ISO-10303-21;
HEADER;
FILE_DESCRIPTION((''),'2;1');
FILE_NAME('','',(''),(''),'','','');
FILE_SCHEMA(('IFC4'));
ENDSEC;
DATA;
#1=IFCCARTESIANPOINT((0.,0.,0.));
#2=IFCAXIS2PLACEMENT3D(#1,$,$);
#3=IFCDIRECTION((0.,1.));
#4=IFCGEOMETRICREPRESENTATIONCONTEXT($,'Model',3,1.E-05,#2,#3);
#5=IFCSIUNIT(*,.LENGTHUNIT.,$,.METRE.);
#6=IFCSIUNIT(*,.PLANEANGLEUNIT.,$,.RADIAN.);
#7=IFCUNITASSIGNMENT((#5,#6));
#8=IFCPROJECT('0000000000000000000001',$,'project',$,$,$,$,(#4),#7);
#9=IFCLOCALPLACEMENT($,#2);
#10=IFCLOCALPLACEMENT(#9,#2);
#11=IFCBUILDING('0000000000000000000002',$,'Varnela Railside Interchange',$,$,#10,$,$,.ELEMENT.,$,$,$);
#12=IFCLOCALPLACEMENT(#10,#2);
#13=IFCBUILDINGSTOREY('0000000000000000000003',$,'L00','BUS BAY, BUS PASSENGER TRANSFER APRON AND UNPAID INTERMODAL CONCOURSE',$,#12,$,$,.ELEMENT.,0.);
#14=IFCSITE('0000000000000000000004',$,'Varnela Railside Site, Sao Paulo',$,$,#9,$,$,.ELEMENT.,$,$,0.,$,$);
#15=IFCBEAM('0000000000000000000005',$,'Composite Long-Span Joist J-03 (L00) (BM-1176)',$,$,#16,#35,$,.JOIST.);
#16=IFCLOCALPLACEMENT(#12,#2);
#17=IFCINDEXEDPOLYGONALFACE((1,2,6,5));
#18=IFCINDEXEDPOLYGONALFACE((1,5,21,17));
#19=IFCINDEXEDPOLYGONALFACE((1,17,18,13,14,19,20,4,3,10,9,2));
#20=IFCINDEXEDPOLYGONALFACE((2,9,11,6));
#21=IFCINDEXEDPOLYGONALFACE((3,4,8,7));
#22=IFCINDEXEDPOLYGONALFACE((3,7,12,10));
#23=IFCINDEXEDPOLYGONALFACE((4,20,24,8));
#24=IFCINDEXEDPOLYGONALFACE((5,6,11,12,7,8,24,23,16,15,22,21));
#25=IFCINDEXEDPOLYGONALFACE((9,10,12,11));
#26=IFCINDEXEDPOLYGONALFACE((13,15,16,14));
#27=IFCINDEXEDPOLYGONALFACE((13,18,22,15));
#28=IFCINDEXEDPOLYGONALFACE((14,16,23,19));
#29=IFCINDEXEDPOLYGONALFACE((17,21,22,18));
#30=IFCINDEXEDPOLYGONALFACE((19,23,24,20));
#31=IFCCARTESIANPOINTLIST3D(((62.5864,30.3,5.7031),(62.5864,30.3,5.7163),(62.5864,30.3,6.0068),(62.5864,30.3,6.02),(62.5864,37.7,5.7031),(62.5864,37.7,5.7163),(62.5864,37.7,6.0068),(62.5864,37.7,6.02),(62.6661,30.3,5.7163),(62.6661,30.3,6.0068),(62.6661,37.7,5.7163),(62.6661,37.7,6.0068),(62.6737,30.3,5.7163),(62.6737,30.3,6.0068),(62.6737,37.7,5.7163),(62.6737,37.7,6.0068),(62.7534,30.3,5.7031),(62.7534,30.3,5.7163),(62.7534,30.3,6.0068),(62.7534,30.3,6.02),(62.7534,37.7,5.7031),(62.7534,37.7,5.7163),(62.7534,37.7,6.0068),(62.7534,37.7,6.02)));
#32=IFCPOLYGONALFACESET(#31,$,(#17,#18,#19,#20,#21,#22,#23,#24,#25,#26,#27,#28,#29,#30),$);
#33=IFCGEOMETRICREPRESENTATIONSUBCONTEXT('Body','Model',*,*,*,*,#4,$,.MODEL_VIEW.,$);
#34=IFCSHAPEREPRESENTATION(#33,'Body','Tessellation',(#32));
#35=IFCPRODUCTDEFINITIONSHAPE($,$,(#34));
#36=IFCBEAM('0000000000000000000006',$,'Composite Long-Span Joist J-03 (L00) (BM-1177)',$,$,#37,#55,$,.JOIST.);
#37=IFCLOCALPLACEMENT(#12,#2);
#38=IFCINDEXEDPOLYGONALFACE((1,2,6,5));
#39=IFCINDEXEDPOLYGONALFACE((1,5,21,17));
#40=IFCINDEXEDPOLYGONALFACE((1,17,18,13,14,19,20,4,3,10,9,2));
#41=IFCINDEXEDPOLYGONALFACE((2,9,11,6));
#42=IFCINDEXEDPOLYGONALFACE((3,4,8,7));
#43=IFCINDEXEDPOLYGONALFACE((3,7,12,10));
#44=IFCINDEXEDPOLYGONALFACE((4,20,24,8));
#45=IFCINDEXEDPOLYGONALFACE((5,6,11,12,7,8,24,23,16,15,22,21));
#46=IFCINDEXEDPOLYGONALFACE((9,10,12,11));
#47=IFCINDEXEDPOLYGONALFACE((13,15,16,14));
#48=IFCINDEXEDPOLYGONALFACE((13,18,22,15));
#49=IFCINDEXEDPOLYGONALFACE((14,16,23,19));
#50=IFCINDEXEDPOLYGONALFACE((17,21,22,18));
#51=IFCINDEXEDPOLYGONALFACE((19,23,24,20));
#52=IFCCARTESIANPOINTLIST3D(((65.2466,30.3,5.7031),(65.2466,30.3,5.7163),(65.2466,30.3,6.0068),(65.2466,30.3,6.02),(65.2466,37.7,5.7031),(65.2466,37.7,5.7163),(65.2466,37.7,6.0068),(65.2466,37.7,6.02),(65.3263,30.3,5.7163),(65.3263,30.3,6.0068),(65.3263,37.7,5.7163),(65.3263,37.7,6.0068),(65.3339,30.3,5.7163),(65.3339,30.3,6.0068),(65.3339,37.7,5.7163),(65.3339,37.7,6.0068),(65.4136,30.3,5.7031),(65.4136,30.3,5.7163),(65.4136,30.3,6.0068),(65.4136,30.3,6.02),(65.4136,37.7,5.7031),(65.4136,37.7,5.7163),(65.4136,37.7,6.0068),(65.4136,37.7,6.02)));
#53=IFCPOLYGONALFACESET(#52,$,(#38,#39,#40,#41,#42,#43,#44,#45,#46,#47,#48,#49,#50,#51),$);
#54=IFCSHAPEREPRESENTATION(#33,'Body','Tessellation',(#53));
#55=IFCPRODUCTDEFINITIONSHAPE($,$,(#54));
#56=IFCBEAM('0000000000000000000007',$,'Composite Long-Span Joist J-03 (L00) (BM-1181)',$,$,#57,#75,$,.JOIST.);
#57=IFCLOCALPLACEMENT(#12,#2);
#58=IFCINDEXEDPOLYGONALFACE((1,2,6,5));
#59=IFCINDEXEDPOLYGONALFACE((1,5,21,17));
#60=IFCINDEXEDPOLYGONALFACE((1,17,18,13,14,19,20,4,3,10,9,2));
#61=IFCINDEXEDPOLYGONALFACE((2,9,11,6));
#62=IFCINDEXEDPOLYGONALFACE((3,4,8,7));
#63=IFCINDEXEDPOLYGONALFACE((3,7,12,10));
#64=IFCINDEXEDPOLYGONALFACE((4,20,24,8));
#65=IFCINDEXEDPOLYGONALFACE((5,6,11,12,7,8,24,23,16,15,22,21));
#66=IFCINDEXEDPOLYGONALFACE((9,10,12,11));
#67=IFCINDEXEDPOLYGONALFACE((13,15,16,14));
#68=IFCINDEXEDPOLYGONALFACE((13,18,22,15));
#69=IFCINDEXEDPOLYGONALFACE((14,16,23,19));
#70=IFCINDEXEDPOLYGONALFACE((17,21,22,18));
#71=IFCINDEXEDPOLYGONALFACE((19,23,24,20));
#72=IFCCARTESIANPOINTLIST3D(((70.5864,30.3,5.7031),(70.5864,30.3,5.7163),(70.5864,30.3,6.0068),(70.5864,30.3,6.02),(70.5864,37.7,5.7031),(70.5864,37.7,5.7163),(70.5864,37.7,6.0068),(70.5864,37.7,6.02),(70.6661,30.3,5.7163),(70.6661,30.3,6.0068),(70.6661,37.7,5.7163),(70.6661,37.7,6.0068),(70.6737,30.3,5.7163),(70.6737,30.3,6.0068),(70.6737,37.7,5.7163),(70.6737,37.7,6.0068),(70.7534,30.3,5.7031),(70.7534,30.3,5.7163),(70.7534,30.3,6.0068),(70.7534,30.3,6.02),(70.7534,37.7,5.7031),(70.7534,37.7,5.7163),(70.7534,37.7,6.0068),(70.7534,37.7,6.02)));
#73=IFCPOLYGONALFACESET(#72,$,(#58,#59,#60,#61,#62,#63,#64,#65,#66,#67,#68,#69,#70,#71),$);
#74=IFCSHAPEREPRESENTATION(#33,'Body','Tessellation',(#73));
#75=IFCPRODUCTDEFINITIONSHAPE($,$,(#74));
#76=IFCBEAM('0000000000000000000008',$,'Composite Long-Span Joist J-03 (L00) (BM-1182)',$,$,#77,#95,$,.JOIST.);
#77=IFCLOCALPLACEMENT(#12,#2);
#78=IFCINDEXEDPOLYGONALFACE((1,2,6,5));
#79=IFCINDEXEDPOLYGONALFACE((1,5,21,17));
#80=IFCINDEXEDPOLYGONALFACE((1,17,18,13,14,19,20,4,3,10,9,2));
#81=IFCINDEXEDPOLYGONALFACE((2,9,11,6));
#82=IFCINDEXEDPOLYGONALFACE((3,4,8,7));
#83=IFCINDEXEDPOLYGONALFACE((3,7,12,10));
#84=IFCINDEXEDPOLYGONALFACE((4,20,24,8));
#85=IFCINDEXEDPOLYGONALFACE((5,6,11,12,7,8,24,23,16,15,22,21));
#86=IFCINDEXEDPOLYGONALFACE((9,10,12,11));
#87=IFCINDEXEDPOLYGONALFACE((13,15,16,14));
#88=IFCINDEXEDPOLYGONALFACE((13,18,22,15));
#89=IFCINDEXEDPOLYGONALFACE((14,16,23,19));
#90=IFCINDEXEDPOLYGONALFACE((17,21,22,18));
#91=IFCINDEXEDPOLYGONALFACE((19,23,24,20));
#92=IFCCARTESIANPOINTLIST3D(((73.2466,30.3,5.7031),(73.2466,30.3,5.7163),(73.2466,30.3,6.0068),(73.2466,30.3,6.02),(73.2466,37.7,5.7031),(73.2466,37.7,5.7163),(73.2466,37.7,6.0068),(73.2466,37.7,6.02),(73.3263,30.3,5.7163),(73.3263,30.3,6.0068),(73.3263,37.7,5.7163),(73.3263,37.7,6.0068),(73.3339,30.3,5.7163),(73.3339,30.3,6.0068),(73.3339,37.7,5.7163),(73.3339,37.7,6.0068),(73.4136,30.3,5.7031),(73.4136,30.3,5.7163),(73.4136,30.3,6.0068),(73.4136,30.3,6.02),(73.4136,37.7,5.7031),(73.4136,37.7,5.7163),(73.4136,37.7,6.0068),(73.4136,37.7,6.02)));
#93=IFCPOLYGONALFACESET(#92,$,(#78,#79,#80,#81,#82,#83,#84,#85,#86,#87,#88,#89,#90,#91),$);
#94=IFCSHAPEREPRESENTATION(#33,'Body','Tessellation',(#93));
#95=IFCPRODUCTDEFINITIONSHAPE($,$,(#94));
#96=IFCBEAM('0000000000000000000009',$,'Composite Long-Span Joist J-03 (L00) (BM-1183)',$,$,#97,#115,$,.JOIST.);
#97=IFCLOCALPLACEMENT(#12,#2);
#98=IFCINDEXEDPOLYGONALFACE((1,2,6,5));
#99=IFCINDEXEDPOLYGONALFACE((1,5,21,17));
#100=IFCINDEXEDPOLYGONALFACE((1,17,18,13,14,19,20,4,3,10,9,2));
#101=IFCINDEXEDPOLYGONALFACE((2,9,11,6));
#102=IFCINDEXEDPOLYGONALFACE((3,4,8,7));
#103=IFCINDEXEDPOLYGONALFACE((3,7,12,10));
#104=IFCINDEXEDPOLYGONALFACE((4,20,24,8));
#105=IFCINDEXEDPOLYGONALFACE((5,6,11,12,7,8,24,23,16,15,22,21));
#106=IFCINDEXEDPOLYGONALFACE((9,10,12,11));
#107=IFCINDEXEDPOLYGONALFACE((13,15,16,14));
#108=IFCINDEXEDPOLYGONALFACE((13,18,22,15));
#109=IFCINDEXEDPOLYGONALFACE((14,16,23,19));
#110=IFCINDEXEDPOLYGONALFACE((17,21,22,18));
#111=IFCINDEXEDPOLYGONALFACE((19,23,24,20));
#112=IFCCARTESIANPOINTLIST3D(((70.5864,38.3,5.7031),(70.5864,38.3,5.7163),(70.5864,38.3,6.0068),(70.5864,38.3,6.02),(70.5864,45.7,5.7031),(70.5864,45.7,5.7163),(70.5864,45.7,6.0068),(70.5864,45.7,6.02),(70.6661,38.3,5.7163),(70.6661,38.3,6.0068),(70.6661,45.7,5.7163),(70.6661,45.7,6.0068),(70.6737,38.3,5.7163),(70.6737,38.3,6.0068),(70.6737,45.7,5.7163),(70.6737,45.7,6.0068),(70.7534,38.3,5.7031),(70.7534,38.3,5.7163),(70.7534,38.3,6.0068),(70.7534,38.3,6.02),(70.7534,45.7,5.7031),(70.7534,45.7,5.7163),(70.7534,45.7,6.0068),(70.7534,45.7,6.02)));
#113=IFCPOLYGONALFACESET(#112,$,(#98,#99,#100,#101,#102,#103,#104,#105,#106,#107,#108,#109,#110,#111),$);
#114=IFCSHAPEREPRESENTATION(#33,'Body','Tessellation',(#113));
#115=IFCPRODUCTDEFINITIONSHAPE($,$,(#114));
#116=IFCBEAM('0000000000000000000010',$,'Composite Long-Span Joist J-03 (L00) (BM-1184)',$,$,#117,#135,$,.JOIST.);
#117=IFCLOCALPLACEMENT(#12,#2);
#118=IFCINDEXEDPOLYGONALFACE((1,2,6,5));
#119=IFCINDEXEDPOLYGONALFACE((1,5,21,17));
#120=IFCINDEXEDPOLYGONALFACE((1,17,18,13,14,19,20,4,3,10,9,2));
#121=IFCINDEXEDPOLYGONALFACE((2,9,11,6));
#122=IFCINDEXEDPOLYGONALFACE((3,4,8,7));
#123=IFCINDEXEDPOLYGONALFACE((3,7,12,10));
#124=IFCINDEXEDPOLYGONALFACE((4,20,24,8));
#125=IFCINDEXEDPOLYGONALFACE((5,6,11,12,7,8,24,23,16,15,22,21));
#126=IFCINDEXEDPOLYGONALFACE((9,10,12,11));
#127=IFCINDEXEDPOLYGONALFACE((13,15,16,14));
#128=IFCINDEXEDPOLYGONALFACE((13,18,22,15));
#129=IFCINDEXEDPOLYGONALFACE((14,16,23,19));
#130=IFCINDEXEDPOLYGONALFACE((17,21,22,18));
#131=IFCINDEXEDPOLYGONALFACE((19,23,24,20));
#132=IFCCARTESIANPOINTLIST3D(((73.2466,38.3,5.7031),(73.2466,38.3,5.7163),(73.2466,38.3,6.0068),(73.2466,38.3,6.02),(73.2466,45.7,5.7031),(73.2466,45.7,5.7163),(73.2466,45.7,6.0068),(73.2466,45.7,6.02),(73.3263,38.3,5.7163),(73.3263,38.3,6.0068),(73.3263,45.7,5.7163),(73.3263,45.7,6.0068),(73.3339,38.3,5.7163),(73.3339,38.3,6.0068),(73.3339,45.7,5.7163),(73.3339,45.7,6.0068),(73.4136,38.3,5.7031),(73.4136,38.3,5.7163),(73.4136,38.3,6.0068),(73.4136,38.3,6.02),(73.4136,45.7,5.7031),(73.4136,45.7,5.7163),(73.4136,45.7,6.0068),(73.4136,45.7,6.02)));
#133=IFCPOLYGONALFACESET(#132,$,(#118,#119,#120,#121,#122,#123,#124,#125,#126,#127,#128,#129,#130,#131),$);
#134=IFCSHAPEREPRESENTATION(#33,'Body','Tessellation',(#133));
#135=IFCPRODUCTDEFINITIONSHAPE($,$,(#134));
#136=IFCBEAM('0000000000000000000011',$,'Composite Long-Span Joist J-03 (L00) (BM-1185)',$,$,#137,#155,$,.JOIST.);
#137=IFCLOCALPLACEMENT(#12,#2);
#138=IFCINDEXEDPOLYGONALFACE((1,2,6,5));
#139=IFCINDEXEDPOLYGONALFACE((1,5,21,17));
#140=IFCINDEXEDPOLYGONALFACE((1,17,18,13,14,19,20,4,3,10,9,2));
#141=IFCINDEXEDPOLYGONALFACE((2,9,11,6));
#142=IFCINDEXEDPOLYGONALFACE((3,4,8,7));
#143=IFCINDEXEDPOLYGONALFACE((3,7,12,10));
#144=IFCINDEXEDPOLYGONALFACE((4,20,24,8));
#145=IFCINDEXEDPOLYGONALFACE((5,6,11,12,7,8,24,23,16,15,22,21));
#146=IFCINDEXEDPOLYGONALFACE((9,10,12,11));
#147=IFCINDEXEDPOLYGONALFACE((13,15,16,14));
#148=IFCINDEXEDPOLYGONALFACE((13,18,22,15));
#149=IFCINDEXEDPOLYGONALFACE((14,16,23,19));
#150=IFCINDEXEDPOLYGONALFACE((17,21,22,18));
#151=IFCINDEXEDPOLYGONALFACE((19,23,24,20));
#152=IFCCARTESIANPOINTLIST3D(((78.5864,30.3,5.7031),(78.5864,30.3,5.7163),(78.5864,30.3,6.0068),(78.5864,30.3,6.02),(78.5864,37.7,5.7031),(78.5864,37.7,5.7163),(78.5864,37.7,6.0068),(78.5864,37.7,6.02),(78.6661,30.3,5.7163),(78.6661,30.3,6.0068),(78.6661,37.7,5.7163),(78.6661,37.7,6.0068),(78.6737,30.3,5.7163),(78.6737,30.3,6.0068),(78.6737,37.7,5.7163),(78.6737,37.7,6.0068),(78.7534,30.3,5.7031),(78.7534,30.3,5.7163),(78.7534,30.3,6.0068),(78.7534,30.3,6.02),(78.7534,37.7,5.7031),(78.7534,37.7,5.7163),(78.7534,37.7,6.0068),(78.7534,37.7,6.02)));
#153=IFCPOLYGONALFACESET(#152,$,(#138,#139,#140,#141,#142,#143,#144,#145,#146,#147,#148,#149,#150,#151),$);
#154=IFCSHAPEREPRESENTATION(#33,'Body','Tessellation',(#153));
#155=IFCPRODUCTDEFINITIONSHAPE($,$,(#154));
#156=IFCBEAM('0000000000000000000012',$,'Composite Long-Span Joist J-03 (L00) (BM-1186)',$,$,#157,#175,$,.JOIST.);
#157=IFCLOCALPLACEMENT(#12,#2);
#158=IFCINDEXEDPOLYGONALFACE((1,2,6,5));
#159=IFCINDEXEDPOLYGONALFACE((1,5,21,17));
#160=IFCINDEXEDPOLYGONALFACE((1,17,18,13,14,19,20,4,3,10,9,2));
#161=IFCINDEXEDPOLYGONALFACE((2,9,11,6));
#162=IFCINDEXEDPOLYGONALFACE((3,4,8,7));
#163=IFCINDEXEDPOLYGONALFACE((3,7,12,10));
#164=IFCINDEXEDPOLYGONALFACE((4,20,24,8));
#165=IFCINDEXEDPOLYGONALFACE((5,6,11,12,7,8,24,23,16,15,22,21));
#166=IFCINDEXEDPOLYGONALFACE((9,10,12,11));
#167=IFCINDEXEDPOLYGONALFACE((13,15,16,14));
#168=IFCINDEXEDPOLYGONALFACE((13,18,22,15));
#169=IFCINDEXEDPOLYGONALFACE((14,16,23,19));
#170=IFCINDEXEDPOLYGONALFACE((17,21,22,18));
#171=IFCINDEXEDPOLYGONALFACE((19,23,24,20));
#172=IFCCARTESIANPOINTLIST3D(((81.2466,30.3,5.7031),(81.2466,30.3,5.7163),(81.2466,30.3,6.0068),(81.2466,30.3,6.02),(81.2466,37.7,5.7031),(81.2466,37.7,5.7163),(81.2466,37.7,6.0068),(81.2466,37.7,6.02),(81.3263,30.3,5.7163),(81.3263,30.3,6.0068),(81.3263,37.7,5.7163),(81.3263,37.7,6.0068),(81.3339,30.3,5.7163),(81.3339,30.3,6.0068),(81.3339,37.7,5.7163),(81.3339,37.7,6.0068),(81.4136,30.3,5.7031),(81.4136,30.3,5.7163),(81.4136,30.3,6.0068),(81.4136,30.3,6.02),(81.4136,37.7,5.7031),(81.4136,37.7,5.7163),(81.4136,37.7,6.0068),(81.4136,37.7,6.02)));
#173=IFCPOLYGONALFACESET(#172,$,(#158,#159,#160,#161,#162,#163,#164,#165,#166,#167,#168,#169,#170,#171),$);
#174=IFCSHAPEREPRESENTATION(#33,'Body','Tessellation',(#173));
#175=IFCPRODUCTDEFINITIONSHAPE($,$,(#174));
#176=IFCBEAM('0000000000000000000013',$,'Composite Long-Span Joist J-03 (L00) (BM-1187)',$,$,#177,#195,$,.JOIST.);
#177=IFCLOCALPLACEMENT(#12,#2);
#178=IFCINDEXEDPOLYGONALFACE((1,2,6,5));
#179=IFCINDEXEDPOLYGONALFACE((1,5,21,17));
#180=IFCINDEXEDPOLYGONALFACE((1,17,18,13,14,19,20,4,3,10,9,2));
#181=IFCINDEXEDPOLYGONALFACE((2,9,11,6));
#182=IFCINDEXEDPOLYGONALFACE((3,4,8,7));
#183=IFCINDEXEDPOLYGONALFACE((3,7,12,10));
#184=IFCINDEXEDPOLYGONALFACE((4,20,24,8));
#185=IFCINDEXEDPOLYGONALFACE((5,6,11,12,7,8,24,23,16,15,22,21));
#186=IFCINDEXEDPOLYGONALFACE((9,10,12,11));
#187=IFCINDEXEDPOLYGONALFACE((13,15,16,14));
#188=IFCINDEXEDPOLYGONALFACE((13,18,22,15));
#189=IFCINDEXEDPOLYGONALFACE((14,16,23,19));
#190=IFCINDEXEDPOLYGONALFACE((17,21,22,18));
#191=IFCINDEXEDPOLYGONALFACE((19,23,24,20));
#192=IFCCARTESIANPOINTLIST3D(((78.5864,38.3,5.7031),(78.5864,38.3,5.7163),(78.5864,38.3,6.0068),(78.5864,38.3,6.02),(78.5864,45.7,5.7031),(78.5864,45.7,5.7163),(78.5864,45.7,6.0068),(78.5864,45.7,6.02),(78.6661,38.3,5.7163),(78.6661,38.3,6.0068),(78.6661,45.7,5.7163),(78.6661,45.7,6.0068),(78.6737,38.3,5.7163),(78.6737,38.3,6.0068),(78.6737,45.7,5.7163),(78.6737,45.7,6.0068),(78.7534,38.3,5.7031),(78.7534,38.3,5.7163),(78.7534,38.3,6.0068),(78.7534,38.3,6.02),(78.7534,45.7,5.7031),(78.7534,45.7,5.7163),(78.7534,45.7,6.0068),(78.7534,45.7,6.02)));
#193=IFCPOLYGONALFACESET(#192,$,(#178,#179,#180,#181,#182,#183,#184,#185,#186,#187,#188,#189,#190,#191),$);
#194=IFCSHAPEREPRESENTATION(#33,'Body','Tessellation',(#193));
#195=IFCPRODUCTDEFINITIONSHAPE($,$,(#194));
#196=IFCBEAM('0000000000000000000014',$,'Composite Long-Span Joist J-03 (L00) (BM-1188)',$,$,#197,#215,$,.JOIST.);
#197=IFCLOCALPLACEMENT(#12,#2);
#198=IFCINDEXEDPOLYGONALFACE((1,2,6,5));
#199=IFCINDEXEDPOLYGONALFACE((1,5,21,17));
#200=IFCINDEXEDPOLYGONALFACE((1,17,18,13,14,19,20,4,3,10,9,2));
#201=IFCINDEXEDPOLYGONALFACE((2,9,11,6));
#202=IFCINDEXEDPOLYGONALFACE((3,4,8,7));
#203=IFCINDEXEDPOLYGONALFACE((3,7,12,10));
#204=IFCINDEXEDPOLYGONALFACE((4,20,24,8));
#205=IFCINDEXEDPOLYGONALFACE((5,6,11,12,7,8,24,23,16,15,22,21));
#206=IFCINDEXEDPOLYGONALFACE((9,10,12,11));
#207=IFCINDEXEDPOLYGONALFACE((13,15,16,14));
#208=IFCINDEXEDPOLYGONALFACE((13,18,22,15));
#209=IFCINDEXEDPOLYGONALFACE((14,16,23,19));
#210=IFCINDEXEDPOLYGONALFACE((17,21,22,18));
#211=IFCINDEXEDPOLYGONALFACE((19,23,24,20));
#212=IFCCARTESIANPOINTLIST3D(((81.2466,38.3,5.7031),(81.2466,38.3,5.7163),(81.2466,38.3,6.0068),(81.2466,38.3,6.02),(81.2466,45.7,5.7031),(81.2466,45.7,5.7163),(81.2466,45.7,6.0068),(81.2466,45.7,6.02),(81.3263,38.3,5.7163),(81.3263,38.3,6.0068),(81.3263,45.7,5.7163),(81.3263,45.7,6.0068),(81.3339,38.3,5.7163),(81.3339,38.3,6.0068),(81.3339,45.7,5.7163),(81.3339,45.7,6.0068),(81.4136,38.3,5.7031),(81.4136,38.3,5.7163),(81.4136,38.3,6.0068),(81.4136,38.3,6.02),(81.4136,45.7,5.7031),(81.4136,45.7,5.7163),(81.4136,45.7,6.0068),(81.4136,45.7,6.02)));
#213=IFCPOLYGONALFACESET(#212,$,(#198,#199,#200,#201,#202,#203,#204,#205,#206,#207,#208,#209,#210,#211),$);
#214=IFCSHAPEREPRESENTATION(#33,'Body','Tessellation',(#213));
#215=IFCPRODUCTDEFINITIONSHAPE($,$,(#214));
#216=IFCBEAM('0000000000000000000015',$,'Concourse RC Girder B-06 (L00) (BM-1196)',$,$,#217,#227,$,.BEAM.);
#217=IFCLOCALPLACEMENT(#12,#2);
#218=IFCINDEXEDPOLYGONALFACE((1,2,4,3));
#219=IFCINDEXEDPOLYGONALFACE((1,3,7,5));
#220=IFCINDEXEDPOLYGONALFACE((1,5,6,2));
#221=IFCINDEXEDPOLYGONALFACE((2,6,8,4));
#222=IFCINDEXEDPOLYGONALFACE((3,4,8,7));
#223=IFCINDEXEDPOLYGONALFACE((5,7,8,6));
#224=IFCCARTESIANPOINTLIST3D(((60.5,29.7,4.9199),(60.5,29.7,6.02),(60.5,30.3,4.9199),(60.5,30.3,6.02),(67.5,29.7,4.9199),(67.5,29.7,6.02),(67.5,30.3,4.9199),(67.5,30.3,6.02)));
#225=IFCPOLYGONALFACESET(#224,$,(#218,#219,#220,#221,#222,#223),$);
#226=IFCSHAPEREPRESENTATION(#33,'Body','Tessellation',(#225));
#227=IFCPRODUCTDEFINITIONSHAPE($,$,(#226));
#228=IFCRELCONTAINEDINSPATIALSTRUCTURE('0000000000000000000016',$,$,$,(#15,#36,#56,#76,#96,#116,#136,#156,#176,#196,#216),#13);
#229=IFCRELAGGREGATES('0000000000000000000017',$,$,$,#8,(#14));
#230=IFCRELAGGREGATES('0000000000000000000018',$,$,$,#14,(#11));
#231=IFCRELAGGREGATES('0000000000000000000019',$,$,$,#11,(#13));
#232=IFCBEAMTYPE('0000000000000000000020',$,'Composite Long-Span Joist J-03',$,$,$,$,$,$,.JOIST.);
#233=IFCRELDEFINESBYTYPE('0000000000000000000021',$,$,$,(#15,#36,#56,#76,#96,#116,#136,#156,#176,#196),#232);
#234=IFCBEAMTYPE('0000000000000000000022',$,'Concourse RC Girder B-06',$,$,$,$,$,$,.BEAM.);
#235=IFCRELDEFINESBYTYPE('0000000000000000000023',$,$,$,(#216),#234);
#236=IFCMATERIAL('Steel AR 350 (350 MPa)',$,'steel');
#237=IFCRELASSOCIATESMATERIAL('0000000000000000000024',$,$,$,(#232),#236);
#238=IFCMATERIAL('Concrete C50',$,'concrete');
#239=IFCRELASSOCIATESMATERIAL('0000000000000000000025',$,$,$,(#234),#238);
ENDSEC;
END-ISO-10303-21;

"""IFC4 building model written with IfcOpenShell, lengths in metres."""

from ifc_helpers import new_model, si_unit, direction, frame, origin, origin_2d, place, context, subcontext, project, spatial, rectangle, i_section, extrude, material, material_profile, profile_set, type_object, element, save


model = new_model("IFC4")

# Units and contexts
model_context = context("Model", 3, precision=1e-05, world=origin(), true_north=direction((0.0, 1.0)))
body_context = subcontext(model_context, "Body", "Model", "MODEL_VIEW")
ifc_project = project(units=[si_unit("LENGTHUNIT", "METRE"), si_unit("PLANEANGLEUNIT", "RADIAN")], contexts=[model_context])

# Site, building, storey
site_placement = place(None, origin())
site = spatial("IfcSite", under=ifc_project, at=site_placement, Name="Varnela Railside Site, Sao Paulo", CompositionType="ELEMENT", RefElevation=0.0)
building_placement = place(site_placement, origin())
building = spatial("IfcBuilding", under=site, at=building_placement, Name="Varnela Railside Interchange", CompositionType="ELEMENT")
storey_placement = place(building_placement, origin())
storey = spatial("IfcBuildingStorey", under=building, at=storey_placement, Name="L00", Description="BUS BAY, BUS PASSENGER TRANSFER APRON AND UNPAID INTERMODAL CONCOURSE", CompositionType="ELEMENT", Elevation=0.0)

# Shared definitions
ifc_material_1 = material(Name="Concrete C50", Category="concrete")

# Beams
ifc_material_2 = material(Name="Steel AR 350 (350 MPa)", Category="steel")
ifc_material_profile_1 = material_profile(ifc_material_2, i_section(OverallWidth=0.167, OverallDepth=0.3169, WebThickness=0.0076, FlangeThickness=0.0132, at=origin_2d()), Name="W310x52")
ifc_profile_set_1 = profile_set([ifc_material_profile_1], Name="Steel AR 350 (350 MPa)")
beam_type_1 = type_object("IfcBeamType", Name="Composite Long-Span Joist J-03", PredefinedType="JOIST", material=ifc_profile_set_1)
for number, where, z_axis, x_axis, name in (
    (1, (62.6699, 30.3, 5.8616), (0.0, 1.0, 0.0), (-1.0, 0.0, 0.0), "Composite Long-Span Joist J-03 (L00) (BM-1176)"),
    (2, (65.3301, 30.3, 5.8616), (0.0, 1.0, 0.0), (-1.0, 0.0, 0.0), "Composite Long-Span Joist J-03 (L00) (BM-1177)"),
    (3, (70.6699, 30.3, 5.8616), (0.0, 1.0, 0.0), (-1.0, 0.0, 0.0), "Composite Long-Span Joist J-03 (L00) (BM-1181)"),
    (4, (73.3301, 30.3, 5.8616), (0.0, 1.0, 0.0), (-1.0, 0.0, 0.0), "Composite Long-Span Joist J-03 (L00) (BM-1182)"),
    (5, (70.6699, 38.3, 5.8616), (0.0, 1.0, 0.0), (-1.0, 0.0, 0.0), "Composite Long-Span Joist J-03 (L00) (BM-1183)"),
    (6, (73.3301, 38.3, 5.8616), (0.0, 1.0, 0.0), (-1.0, 0.0, 0.0), "Composite Long-Span Joist J-03 (L00) (BM-1184)"),
    (7, (78.6699, 30.3, 5.8616), (0.0, 1.0, 0.0), (-1.0, 0.0, 0.0), "Composite Long-Span Joist J-03 (L00) (BM-1185)"),
    (8, (81.3301, 30.3, 5.8616), (0.0, 1.0, 0.0), (-1.0, 0.0, 0.0), "Composite Long-Span Joist J-03 (L00) (BM-1186)"),
    (9, (78.6699, 38.3, 5.8616), (0.0, 1.0, 0.0), (-1.0, 0.0, 0.0), "Composite Long-Span Joist J-03 (L00) (BM-1187)"),
    (10, (81.3301, 38.3, 5.8616), (0.0, 1.0, 0.0), (-1.0, 0.0, 0.0), "Composite Long-Span Joist J-03 (L00) (BM-1188)"),
):
    element("IfcBeam", number, at=place(storey_placement, frame(where, z_axis=z_axis, x_axis=x_axis)), inside=storey, type_object=beam_type_1, Name=name, PredefinedType="JOIST", context=body_context, shape_type="SweptSolid", body=[
        extrude(i_section(OverallWidth=0.167, OverallDepth=0.3169, WebThickness=0.0076, FlangeThickness=0.0132, at=origin_2d()), origin(), (0.0, 0.0, 1.0), 7.3999),
    ])
ifc_material_profile_2 = material_profile(ifc_material_1, rectangle(XDim=0.6001, YDim=1.1001, at=origin_2d()), Name="RC 600x1100")
ifc_profile_set_2 = profile_set([ifc_material_profile_2], Name="Concrete C50")
beam_type_2 = type_object("IfcBeamType", Name="Concourse RC Girder B-06", PredefinedType="BEAM", material=ifc_profile_set_2)
for number, where, z_axis, x_axis, name in (
    (11, (60.5, 30.0, 5.47), (1.0, 0.0, 0.0), (0.0, 1.0, 0.0), "Concourse RC Girder B-06 (L00) (BM-1196)"),
):
    element("IfcBeam", number, at=place(storey_placement, frame(where, z_axis=z_axis, x_axis=x_axis)), inside=storey, type_object=beam_type_2, Name=name, PredefinedType="BEAM", context=body_context, shape_type="SweptSolid", body=[
        extrude(rectangle(XDim=0.6001, YDim=1.1001, at=origin_2d()), origin(), (0.0, 0.0, 1.0), 7.0),
    ])

save(model, "model.ifc")
